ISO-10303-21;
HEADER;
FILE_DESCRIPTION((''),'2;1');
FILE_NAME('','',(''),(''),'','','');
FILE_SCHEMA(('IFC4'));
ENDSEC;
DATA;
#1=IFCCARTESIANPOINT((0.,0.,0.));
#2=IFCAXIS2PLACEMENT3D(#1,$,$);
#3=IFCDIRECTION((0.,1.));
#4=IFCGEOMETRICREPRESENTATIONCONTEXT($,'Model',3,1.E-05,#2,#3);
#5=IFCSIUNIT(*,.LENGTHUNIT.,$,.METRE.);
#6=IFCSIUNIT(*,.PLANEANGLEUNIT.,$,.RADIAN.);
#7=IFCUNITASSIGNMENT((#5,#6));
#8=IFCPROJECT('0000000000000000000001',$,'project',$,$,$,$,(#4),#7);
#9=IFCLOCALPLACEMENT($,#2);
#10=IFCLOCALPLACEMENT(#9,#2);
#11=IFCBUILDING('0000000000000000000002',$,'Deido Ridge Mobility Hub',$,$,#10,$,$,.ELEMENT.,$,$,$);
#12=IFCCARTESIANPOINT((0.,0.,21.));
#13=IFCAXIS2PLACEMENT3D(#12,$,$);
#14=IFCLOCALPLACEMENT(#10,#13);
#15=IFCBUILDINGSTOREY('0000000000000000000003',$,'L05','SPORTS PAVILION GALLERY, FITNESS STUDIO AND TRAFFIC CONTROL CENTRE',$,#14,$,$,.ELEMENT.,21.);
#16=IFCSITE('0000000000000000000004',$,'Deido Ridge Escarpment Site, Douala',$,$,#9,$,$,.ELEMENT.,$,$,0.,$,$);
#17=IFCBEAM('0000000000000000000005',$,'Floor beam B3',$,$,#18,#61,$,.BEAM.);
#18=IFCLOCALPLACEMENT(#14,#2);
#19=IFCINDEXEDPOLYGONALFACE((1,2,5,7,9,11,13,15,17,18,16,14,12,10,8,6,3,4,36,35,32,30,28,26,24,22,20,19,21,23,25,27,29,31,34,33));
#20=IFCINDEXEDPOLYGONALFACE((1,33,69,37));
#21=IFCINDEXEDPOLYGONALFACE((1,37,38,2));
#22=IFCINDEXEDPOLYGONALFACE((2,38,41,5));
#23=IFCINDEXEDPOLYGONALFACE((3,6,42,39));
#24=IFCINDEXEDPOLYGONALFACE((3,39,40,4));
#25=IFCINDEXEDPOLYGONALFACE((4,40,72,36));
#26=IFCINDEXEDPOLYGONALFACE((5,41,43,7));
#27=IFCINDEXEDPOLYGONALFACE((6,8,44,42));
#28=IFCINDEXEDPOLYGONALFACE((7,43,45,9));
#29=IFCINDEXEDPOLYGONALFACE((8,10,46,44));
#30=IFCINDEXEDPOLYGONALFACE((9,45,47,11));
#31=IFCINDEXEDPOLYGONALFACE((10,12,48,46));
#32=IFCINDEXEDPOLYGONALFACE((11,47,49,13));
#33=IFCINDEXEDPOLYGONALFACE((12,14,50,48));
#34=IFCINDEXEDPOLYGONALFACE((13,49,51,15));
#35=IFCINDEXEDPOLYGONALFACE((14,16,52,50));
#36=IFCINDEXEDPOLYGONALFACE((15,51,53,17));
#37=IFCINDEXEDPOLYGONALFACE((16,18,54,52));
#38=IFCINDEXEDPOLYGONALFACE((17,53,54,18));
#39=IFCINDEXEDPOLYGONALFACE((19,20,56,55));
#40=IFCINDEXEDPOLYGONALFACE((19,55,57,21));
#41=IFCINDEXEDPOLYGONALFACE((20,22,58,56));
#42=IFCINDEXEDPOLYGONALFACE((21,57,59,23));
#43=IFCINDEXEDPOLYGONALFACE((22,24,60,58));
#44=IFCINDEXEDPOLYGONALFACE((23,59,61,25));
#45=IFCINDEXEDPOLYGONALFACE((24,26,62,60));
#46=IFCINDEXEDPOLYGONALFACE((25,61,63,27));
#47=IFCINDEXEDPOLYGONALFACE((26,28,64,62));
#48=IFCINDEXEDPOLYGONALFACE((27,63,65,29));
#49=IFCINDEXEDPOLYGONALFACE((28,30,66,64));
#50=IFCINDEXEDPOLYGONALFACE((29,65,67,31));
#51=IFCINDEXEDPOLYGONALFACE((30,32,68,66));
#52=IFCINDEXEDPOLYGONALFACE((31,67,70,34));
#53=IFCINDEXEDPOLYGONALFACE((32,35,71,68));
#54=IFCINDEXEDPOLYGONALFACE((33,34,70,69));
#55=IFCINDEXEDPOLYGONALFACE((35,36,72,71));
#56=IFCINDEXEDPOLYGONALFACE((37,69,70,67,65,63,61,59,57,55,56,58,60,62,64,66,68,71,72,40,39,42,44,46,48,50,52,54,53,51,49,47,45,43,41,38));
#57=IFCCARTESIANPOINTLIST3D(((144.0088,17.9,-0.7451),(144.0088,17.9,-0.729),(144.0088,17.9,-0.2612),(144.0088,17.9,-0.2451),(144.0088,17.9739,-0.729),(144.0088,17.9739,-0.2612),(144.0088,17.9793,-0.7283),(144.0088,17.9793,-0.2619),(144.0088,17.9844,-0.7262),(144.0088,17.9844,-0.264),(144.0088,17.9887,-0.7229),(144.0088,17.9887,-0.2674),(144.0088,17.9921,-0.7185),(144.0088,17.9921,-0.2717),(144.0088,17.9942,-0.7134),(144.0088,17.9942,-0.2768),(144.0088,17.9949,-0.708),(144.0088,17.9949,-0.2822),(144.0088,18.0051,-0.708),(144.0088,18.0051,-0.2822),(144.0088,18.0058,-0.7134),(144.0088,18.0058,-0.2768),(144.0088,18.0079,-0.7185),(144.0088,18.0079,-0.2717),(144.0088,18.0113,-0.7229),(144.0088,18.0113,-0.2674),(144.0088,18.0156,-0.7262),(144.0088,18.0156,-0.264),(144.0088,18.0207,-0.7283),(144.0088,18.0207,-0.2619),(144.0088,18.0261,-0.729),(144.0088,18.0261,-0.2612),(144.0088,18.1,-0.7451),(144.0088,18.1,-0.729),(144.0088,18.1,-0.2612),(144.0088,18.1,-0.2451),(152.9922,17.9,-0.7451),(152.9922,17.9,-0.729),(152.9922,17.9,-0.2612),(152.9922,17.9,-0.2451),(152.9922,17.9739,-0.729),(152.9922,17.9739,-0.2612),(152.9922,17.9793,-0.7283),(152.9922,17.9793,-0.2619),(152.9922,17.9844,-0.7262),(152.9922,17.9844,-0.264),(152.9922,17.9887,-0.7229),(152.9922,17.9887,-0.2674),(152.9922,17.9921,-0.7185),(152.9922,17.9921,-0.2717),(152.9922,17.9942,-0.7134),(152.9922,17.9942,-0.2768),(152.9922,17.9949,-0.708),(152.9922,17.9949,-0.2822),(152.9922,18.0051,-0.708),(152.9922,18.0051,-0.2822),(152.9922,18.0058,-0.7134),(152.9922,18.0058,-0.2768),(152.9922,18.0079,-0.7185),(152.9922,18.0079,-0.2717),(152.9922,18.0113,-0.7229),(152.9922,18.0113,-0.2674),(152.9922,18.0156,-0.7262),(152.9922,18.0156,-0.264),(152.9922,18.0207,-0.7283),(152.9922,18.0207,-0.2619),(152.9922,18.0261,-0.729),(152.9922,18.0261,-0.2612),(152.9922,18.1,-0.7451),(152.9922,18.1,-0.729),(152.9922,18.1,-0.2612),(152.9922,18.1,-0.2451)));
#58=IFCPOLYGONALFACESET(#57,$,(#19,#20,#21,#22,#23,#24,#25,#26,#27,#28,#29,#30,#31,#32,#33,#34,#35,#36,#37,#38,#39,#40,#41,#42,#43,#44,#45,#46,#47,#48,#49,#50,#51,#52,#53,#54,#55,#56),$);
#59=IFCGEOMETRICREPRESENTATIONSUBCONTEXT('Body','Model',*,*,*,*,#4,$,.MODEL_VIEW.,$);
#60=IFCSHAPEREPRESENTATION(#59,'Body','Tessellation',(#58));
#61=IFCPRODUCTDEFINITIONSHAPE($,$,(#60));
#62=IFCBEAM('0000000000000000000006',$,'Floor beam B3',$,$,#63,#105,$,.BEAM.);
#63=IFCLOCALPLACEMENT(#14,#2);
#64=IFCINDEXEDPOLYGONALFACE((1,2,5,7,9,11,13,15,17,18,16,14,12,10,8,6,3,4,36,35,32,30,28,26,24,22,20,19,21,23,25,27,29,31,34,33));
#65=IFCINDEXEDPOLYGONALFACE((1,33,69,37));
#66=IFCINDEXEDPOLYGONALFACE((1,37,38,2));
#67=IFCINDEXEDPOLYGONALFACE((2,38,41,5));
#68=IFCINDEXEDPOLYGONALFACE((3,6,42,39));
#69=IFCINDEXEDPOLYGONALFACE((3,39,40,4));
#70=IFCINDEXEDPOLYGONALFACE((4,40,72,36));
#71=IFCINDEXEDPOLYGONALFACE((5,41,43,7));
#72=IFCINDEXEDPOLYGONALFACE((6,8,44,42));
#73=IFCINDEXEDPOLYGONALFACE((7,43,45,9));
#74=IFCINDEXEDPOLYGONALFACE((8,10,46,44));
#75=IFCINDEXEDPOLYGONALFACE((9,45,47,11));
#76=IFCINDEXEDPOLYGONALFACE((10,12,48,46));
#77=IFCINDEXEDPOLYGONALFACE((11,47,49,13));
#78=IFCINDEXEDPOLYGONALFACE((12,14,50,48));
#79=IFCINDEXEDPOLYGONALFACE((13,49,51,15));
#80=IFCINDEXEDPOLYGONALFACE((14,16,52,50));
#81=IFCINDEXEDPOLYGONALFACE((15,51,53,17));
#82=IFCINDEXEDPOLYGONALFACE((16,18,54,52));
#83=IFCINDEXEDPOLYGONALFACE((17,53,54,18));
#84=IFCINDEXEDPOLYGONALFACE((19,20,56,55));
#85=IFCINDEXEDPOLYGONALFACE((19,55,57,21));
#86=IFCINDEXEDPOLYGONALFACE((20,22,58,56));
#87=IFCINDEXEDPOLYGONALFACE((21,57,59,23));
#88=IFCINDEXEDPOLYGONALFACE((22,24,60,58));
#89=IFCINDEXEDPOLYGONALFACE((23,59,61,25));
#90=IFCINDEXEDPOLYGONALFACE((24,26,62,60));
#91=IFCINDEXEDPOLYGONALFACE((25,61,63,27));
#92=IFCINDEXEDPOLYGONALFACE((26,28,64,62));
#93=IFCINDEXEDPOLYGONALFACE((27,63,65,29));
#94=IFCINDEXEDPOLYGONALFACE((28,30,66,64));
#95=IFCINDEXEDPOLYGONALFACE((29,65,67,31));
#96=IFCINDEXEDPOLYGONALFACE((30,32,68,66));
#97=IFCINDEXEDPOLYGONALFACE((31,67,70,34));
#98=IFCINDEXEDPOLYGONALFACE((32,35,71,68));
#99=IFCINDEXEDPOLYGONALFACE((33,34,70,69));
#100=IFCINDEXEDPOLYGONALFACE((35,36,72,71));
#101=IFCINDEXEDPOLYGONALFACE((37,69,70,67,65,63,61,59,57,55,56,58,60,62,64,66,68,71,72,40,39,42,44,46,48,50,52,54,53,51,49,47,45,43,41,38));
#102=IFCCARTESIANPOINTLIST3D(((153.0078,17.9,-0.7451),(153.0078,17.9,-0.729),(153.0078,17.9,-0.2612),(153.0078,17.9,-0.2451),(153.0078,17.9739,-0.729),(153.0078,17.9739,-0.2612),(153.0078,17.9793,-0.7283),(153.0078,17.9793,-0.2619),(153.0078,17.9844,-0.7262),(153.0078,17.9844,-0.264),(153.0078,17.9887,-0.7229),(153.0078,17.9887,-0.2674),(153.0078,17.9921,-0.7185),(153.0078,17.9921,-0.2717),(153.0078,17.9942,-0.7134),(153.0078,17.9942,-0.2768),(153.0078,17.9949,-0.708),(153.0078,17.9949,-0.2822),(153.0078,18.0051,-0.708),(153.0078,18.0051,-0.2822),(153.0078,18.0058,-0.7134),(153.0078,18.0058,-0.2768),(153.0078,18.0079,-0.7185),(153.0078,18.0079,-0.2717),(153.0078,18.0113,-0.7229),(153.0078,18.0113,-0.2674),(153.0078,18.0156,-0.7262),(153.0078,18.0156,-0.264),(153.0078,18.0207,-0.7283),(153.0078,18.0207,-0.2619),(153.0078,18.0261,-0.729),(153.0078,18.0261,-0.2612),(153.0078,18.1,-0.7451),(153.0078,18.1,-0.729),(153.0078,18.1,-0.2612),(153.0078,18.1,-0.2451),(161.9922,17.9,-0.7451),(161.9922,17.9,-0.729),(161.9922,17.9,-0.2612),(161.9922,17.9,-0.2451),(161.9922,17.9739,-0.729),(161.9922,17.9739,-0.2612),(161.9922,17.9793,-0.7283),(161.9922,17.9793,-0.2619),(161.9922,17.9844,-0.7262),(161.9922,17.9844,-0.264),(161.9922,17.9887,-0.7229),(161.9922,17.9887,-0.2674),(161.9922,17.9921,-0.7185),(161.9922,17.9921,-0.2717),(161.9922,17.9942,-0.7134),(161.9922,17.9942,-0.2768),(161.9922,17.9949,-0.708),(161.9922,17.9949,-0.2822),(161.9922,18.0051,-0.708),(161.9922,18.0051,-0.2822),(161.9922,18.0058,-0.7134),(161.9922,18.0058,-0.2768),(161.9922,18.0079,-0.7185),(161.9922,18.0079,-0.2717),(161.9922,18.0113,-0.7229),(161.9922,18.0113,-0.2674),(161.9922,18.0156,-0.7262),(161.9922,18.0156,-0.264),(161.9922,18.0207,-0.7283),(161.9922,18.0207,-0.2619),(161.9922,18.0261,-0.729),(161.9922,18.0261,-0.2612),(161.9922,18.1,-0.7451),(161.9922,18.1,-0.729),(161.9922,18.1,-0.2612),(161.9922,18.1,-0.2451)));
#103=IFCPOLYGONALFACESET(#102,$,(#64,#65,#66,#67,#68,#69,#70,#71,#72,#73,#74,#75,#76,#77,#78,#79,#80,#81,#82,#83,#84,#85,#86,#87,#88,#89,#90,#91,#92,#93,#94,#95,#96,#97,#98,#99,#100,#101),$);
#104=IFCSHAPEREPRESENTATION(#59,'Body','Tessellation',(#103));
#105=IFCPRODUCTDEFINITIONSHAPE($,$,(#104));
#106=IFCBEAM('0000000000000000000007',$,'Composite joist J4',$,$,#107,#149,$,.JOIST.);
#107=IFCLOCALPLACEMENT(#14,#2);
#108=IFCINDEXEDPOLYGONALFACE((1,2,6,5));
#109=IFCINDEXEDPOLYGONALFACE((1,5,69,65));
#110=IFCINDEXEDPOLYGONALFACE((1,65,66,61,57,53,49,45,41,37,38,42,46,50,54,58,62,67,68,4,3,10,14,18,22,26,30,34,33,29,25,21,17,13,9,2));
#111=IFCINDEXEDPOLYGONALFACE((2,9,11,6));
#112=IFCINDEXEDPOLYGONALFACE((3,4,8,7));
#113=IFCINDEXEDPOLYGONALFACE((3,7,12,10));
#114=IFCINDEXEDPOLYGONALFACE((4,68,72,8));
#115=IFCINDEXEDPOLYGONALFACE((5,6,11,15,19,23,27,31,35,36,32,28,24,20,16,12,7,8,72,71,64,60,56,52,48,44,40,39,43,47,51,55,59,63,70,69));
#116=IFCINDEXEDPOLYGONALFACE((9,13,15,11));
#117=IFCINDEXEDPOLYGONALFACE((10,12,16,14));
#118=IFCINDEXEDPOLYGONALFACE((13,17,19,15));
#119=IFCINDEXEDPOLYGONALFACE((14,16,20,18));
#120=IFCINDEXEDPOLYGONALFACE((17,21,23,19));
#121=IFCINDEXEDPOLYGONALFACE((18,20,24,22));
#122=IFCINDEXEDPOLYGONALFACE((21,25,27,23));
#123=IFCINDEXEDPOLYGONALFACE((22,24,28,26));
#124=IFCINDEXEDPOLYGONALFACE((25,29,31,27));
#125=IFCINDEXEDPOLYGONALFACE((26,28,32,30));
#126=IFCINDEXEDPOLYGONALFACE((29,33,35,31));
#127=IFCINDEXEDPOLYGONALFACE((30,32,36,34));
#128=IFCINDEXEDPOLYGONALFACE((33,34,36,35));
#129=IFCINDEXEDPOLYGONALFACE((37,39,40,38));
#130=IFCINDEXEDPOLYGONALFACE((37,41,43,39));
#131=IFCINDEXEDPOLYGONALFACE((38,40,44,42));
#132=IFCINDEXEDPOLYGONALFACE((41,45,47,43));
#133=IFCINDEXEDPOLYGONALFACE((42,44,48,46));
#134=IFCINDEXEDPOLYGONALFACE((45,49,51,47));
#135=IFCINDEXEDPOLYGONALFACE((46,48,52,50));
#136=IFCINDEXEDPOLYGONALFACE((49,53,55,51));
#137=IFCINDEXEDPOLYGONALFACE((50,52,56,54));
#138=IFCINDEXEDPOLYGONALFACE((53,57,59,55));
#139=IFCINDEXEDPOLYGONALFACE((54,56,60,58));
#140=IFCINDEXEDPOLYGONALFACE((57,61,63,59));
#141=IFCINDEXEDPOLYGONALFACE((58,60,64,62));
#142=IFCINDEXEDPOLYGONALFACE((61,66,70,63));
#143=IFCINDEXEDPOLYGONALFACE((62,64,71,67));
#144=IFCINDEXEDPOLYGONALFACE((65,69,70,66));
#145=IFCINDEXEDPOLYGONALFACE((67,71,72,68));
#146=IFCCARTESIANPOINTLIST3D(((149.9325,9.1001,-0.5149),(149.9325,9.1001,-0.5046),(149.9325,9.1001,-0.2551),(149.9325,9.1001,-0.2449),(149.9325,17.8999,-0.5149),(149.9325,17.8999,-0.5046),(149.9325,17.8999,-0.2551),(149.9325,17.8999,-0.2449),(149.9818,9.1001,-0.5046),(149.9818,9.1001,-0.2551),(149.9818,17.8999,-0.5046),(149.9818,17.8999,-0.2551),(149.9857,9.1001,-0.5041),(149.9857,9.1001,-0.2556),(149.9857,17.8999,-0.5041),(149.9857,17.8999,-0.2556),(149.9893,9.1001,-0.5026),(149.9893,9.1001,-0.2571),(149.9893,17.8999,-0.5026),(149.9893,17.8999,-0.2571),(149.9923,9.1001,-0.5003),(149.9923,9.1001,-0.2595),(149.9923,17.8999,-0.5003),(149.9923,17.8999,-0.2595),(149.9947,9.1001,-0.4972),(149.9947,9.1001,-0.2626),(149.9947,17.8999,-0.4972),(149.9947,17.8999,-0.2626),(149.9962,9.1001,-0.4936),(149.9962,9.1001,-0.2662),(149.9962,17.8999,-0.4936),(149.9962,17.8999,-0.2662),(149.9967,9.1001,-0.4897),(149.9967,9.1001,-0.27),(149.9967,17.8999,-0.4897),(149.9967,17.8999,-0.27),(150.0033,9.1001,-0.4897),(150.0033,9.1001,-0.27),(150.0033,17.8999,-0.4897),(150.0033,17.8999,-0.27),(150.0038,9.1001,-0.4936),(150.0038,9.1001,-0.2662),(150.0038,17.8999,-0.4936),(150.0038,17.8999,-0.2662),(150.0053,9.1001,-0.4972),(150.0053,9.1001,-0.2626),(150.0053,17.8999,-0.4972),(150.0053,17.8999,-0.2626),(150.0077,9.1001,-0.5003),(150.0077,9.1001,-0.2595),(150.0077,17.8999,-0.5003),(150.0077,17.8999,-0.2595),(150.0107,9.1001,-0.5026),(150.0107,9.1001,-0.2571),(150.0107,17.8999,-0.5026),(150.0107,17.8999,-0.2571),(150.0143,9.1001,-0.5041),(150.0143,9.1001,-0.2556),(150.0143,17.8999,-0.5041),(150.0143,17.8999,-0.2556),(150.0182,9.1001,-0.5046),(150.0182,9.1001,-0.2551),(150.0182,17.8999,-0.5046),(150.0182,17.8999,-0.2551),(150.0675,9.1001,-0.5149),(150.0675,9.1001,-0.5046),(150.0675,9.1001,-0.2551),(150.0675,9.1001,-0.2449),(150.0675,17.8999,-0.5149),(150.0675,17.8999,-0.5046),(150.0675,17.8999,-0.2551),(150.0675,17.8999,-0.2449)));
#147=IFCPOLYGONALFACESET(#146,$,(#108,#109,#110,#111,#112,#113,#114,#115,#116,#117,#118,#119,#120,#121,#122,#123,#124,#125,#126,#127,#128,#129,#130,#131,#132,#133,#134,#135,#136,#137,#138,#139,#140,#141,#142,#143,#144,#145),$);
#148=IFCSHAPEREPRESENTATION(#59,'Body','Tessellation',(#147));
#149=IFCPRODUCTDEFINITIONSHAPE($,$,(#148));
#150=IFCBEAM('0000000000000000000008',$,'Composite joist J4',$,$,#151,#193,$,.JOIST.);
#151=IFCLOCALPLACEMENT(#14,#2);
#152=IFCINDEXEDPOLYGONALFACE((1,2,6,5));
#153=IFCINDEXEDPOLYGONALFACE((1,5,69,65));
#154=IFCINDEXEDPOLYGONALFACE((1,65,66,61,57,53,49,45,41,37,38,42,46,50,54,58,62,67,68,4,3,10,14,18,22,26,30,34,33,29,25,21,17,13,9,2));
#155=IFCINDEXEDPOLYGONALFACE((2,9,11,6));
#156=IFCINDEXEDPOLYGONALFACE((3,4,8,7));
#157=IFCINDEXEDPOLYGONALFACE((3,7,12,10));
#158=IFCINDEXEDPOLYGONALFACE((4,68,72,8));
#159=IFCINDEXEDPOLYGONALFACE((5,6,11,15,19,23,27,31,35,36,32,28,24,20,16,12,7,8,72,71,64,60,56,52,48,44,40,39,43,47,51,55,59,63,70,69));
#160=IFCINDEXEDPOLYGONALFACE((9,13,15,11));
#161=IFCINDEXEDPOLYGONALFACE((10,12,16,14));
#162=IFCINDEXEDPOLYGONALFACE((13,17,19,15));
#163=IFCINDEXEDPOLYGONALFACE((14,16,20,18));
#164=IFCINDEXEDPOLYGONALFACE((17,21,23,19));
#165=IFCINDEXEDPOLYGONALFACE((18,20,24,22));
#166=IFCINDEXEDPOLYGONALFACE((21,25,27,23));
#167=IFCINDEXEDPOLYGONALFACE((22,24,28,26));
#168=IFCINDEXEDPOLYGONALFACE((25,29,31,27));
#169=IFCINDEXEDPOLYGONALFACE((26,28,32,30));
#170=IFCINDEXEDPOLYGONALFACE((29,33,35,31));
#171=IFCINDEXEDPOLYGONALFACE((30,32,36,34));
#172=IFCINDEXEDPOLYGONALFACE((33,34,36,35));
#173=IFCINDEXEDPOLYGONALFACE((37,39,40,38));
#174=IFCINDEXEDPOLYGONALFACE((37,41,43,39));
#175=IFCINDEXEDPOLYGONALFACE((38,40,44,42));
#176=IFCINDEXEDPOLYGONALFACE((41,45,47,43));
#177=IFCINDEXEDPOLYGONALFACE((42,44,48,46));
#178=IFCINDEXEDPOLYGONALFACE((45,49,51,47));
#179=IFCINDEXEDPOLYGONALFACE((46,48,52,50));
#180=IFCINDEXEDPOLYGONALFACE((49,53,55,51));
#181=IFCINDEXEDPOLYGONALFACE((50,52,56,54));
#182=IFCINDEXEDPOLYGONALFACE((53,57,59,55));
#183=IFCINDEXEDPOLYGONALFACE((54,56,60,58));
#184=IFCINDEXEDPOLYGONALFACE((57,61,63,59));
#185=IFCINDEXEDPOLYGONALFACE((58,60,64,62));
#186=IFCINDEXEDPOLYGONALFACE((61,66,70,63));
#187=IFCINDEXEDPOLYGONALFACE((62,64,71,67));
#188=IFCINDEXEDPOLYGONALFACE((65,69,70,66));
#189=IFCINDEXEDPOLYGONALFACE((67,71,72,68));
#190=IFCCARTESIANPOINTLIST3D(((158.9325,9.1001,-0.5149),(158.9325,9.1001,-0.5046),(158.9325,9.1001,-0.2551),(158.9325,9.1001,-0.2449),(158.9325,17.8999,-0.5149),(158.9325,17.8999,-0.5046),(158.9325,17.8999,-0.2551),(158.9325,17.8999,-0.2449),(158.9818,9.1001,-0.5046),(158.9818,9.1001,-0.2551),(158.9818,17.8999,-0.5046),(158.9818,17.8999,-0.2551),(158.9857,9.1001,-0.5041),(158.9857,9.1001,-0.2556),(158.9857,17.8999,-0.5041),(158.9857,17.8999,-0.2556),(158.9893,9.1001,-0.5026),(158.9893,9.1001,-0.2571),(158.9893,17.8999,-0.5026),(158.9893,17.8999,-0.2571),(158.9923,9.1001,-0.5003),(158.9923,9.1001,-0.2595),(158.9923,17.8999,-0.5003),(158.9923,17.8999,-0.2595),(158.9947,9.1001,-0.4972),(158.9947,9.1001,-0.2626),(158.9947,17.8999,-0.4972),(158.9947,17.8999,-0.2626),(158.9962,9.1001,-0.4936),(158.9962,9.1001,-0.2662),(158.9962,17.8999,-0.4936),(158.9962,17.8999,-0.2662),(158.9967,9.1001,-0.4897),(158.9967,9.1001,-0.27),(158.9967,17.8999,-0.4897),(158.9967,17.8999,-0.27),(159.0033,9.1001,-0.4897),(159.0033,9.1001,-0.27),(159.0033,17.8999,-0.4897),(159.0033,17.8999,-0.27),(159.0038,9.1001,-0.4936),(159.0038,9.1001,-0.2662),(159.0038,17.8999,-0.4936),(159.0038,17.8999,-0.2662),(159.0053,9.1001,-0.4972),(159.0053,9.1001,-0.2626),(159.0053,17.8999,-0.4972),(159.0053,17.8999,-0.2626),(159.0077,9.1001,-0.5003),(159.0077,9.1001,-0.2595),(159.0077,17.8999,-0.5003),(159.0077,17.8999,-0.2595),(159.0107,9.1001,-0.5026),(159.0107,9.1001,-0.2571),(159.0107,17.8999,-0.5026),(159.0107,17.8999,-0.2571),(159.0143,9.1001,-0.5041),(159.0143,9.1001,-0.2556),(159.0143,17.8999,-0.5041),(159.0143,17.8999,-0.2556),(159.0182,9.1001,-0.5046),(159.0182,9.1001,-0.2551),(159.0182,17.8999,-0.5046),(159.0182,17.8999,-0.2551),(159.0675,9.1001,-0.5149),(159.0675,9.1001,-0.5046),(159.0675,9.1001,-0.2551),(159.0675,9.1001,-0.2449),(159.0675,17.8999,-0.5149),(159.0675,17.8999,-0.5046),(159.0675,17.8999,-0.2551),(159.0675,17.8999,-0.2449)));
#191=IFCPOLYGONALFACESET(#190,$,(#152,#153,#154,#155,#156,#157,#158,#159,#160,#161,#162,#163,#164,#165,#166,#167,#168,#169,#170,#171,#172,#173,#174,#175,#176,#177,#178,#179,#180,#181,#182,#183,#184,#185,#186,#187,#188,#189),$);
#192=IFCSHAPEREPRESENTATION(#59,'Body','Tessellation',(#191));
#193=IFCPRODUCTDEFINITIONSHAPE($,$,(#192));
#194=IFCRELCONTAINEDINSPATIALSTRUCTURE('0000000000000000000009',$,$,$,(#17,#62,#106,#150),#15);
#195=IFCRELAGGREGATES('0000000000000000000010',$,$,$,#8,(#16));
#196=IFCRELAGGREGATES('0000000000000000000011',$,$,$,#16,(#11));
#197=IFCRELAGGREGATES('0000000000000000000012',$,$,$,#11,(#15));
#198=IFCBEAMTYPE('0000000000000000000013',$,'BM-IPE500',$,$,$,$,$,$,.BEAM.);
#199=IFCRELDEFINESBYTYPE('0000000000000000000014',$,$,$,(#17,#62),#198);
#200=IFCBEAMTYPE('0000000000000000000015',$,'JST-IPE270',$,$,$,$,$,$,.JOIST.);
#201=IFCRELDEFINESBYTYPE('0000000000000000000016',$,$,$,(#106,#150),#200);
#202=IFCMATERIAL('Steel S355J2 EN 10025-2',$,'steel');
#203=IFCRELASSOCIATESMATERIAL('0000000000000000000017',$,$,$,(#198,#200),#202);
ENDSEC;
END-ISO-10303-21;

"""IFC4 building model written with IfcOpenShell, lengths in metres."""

from ifc_helpers import new_model, si_unit, direction, frame, origin, origin_2d, place, context, subcontext, project, spatial, i_section, extrude, material, material_profile, profile_set, type_object, element, save


model = new_model("IFC4")

# Units and contexts
model_context = context("Model", 3, precision=1e-05, world=origin(), true_north=direction((0.0, 1.0)))
body_context = subcontext(model_context, "Body", "Model", "MODEL_VIEW")
ifc_project = project(units=[si_unit("LENGTHUNIT", "METRE"), si_unit("PLANEANGLEUNIT", "RADIAN")], contexts=[model_context])

# Site, building, storey
site_placement = place(None, origin())
site = spatial("IfcSite", under=ifc_project, at=site_placement, Name="Deido Ridge Escarpment Site, Douala", CompositionType="ELEMENT", RefElevation=0.0)
building_placement = place(site_placement, origin())
building = spatial("IfcBuilding", under=site, at=building_placement, Name="Deido Ridge Mobility Hub", CompositionType="ELEMENT")
storey_placement = place(building_placement, frame((0.0, 0.0, 21.0)))
storey = spatial("IfcBuildingStorey", under=building, at=storey_placement, Name="L05", Description="SPORTS PAVILION GALLERY, FITNESS STUDIO AND TRAFFIC CONTROL CENTRE", CompositionType="ELEMENT", Elevation=21.0)

# Shared definitions
ifc_material_1 = material(Name="Steel S355J2 EN 10025-2", Category="steel")

# Beams
ifc_material_profile_1 = material_profile(ifc_material_1, i_section(OverallWidth=0.2, OverallDepth=0.5, WebThickness=0.0103, FlangeThickness=0.0161, FilletRadius=0.021, at=origin_2d()), Name="IPE 500")
ifc_profile_set_1 = profile_set([ifc_material_profile_1], Name="Steel S355J2 EN 10025-2")
beam_type_1 = type_object("IfcBeamType", Name="BM-IPE500", PredefinedType="BEAM", material=ifc_profile_set_1)
beam_1_placement = place(storey_placement, frame((144.0088, 18.0, -0.4951), z_axis=(1.0, 0.0, 0.0), x_axis=(0.0, 1.0, 0.0)))
element("IfcBeam", 1, at=beam_1_placement, inside=storey, type_object=beam_type_1, Name="Floor beam B3", PredefinedType="BEAM", context=body_context, shape_type="SweptSolid", body=[
    extrude(i_section(OverallWidth=0.2, OverallDepth=0.5, WebThickness=0.0103, FlangeThickness=0.0161, FilletRadius=0.021, at=origin_2d()), origin(), (0.0, 0.0, 1.0), 8.9834),
])
beam_2_placement = place(storey_placement, frame((153.0078, 18.0, -0.4951), z_axis=(1.0, 0.0, 0.0), x_axis=(0.0, 1.0, 0.0)))
element("IfcBeam", 2, at=beam_2_placement, inside=storey, type_object=beam_type_1, Name="Floor beam B3", PredefinedType="BEAM", context=body_context, shape_type="SweptSolid", body=[
    extrude(i_section(OverallWidth=0.2, OverallDepth=0.5, WebThickness=0.0103, FlangeThickness=0.0161, FilletRadius=0.021, at=origin_2d()), origin(), (0.0, 0.0, 1.0), 8.9844),
])
ifc_material_profile_2 = material_profile(ifc_material_1, i_section(OverallWidth=0.135, OverallDepth=0.27, WebThickness=0.0066, FlangeThickness=0.0103, FilletRadius=0.0149, at=origin_2d()), Name="IPE 270")
ifc_profile_set_2 = profile_set([ifc_material_profile_2], Name="Steel S355J2 EN 10025-2")
beam_type_2 = type_object("IfcBeamType", Name="JST-IPE270", PredefinedType="JOIST", material=ifc_profile_set_2)
for number, where, z_axis, x_axis, name in (
    (3, (150.0, 9.1001, -0.3799), (0.0, 1.0, 0.0), (-1.0, 0.0, 0.0), "Composite joist J4"),
    (4, (159.0, 9.1001, -0.3799), (0.0, 1.0, 0.0), (-1.0, 0.0, 0.0), "Composite joist J4"),
):
    element("IfcBeam", number, at=place(storey_placement, frame(where, z_axis=z_axis, x_axis=x_axis)), inside=storey, type_object=beam_type_2, Name=name, PredefinedType="JOIST", context=body_context, shape_type="SweptSolid", body=[
        extrude(i_section(OverallWidth=0.135, OverallDepth=0.27, WebThickness=0.0066, FlangeThickness=0.0103, FilletRadius=0.0149, at=origin_2d()), origin(), (0.0, 0.0, 1.0), 8.7998),
    ])

save(model, "model.ifc")
